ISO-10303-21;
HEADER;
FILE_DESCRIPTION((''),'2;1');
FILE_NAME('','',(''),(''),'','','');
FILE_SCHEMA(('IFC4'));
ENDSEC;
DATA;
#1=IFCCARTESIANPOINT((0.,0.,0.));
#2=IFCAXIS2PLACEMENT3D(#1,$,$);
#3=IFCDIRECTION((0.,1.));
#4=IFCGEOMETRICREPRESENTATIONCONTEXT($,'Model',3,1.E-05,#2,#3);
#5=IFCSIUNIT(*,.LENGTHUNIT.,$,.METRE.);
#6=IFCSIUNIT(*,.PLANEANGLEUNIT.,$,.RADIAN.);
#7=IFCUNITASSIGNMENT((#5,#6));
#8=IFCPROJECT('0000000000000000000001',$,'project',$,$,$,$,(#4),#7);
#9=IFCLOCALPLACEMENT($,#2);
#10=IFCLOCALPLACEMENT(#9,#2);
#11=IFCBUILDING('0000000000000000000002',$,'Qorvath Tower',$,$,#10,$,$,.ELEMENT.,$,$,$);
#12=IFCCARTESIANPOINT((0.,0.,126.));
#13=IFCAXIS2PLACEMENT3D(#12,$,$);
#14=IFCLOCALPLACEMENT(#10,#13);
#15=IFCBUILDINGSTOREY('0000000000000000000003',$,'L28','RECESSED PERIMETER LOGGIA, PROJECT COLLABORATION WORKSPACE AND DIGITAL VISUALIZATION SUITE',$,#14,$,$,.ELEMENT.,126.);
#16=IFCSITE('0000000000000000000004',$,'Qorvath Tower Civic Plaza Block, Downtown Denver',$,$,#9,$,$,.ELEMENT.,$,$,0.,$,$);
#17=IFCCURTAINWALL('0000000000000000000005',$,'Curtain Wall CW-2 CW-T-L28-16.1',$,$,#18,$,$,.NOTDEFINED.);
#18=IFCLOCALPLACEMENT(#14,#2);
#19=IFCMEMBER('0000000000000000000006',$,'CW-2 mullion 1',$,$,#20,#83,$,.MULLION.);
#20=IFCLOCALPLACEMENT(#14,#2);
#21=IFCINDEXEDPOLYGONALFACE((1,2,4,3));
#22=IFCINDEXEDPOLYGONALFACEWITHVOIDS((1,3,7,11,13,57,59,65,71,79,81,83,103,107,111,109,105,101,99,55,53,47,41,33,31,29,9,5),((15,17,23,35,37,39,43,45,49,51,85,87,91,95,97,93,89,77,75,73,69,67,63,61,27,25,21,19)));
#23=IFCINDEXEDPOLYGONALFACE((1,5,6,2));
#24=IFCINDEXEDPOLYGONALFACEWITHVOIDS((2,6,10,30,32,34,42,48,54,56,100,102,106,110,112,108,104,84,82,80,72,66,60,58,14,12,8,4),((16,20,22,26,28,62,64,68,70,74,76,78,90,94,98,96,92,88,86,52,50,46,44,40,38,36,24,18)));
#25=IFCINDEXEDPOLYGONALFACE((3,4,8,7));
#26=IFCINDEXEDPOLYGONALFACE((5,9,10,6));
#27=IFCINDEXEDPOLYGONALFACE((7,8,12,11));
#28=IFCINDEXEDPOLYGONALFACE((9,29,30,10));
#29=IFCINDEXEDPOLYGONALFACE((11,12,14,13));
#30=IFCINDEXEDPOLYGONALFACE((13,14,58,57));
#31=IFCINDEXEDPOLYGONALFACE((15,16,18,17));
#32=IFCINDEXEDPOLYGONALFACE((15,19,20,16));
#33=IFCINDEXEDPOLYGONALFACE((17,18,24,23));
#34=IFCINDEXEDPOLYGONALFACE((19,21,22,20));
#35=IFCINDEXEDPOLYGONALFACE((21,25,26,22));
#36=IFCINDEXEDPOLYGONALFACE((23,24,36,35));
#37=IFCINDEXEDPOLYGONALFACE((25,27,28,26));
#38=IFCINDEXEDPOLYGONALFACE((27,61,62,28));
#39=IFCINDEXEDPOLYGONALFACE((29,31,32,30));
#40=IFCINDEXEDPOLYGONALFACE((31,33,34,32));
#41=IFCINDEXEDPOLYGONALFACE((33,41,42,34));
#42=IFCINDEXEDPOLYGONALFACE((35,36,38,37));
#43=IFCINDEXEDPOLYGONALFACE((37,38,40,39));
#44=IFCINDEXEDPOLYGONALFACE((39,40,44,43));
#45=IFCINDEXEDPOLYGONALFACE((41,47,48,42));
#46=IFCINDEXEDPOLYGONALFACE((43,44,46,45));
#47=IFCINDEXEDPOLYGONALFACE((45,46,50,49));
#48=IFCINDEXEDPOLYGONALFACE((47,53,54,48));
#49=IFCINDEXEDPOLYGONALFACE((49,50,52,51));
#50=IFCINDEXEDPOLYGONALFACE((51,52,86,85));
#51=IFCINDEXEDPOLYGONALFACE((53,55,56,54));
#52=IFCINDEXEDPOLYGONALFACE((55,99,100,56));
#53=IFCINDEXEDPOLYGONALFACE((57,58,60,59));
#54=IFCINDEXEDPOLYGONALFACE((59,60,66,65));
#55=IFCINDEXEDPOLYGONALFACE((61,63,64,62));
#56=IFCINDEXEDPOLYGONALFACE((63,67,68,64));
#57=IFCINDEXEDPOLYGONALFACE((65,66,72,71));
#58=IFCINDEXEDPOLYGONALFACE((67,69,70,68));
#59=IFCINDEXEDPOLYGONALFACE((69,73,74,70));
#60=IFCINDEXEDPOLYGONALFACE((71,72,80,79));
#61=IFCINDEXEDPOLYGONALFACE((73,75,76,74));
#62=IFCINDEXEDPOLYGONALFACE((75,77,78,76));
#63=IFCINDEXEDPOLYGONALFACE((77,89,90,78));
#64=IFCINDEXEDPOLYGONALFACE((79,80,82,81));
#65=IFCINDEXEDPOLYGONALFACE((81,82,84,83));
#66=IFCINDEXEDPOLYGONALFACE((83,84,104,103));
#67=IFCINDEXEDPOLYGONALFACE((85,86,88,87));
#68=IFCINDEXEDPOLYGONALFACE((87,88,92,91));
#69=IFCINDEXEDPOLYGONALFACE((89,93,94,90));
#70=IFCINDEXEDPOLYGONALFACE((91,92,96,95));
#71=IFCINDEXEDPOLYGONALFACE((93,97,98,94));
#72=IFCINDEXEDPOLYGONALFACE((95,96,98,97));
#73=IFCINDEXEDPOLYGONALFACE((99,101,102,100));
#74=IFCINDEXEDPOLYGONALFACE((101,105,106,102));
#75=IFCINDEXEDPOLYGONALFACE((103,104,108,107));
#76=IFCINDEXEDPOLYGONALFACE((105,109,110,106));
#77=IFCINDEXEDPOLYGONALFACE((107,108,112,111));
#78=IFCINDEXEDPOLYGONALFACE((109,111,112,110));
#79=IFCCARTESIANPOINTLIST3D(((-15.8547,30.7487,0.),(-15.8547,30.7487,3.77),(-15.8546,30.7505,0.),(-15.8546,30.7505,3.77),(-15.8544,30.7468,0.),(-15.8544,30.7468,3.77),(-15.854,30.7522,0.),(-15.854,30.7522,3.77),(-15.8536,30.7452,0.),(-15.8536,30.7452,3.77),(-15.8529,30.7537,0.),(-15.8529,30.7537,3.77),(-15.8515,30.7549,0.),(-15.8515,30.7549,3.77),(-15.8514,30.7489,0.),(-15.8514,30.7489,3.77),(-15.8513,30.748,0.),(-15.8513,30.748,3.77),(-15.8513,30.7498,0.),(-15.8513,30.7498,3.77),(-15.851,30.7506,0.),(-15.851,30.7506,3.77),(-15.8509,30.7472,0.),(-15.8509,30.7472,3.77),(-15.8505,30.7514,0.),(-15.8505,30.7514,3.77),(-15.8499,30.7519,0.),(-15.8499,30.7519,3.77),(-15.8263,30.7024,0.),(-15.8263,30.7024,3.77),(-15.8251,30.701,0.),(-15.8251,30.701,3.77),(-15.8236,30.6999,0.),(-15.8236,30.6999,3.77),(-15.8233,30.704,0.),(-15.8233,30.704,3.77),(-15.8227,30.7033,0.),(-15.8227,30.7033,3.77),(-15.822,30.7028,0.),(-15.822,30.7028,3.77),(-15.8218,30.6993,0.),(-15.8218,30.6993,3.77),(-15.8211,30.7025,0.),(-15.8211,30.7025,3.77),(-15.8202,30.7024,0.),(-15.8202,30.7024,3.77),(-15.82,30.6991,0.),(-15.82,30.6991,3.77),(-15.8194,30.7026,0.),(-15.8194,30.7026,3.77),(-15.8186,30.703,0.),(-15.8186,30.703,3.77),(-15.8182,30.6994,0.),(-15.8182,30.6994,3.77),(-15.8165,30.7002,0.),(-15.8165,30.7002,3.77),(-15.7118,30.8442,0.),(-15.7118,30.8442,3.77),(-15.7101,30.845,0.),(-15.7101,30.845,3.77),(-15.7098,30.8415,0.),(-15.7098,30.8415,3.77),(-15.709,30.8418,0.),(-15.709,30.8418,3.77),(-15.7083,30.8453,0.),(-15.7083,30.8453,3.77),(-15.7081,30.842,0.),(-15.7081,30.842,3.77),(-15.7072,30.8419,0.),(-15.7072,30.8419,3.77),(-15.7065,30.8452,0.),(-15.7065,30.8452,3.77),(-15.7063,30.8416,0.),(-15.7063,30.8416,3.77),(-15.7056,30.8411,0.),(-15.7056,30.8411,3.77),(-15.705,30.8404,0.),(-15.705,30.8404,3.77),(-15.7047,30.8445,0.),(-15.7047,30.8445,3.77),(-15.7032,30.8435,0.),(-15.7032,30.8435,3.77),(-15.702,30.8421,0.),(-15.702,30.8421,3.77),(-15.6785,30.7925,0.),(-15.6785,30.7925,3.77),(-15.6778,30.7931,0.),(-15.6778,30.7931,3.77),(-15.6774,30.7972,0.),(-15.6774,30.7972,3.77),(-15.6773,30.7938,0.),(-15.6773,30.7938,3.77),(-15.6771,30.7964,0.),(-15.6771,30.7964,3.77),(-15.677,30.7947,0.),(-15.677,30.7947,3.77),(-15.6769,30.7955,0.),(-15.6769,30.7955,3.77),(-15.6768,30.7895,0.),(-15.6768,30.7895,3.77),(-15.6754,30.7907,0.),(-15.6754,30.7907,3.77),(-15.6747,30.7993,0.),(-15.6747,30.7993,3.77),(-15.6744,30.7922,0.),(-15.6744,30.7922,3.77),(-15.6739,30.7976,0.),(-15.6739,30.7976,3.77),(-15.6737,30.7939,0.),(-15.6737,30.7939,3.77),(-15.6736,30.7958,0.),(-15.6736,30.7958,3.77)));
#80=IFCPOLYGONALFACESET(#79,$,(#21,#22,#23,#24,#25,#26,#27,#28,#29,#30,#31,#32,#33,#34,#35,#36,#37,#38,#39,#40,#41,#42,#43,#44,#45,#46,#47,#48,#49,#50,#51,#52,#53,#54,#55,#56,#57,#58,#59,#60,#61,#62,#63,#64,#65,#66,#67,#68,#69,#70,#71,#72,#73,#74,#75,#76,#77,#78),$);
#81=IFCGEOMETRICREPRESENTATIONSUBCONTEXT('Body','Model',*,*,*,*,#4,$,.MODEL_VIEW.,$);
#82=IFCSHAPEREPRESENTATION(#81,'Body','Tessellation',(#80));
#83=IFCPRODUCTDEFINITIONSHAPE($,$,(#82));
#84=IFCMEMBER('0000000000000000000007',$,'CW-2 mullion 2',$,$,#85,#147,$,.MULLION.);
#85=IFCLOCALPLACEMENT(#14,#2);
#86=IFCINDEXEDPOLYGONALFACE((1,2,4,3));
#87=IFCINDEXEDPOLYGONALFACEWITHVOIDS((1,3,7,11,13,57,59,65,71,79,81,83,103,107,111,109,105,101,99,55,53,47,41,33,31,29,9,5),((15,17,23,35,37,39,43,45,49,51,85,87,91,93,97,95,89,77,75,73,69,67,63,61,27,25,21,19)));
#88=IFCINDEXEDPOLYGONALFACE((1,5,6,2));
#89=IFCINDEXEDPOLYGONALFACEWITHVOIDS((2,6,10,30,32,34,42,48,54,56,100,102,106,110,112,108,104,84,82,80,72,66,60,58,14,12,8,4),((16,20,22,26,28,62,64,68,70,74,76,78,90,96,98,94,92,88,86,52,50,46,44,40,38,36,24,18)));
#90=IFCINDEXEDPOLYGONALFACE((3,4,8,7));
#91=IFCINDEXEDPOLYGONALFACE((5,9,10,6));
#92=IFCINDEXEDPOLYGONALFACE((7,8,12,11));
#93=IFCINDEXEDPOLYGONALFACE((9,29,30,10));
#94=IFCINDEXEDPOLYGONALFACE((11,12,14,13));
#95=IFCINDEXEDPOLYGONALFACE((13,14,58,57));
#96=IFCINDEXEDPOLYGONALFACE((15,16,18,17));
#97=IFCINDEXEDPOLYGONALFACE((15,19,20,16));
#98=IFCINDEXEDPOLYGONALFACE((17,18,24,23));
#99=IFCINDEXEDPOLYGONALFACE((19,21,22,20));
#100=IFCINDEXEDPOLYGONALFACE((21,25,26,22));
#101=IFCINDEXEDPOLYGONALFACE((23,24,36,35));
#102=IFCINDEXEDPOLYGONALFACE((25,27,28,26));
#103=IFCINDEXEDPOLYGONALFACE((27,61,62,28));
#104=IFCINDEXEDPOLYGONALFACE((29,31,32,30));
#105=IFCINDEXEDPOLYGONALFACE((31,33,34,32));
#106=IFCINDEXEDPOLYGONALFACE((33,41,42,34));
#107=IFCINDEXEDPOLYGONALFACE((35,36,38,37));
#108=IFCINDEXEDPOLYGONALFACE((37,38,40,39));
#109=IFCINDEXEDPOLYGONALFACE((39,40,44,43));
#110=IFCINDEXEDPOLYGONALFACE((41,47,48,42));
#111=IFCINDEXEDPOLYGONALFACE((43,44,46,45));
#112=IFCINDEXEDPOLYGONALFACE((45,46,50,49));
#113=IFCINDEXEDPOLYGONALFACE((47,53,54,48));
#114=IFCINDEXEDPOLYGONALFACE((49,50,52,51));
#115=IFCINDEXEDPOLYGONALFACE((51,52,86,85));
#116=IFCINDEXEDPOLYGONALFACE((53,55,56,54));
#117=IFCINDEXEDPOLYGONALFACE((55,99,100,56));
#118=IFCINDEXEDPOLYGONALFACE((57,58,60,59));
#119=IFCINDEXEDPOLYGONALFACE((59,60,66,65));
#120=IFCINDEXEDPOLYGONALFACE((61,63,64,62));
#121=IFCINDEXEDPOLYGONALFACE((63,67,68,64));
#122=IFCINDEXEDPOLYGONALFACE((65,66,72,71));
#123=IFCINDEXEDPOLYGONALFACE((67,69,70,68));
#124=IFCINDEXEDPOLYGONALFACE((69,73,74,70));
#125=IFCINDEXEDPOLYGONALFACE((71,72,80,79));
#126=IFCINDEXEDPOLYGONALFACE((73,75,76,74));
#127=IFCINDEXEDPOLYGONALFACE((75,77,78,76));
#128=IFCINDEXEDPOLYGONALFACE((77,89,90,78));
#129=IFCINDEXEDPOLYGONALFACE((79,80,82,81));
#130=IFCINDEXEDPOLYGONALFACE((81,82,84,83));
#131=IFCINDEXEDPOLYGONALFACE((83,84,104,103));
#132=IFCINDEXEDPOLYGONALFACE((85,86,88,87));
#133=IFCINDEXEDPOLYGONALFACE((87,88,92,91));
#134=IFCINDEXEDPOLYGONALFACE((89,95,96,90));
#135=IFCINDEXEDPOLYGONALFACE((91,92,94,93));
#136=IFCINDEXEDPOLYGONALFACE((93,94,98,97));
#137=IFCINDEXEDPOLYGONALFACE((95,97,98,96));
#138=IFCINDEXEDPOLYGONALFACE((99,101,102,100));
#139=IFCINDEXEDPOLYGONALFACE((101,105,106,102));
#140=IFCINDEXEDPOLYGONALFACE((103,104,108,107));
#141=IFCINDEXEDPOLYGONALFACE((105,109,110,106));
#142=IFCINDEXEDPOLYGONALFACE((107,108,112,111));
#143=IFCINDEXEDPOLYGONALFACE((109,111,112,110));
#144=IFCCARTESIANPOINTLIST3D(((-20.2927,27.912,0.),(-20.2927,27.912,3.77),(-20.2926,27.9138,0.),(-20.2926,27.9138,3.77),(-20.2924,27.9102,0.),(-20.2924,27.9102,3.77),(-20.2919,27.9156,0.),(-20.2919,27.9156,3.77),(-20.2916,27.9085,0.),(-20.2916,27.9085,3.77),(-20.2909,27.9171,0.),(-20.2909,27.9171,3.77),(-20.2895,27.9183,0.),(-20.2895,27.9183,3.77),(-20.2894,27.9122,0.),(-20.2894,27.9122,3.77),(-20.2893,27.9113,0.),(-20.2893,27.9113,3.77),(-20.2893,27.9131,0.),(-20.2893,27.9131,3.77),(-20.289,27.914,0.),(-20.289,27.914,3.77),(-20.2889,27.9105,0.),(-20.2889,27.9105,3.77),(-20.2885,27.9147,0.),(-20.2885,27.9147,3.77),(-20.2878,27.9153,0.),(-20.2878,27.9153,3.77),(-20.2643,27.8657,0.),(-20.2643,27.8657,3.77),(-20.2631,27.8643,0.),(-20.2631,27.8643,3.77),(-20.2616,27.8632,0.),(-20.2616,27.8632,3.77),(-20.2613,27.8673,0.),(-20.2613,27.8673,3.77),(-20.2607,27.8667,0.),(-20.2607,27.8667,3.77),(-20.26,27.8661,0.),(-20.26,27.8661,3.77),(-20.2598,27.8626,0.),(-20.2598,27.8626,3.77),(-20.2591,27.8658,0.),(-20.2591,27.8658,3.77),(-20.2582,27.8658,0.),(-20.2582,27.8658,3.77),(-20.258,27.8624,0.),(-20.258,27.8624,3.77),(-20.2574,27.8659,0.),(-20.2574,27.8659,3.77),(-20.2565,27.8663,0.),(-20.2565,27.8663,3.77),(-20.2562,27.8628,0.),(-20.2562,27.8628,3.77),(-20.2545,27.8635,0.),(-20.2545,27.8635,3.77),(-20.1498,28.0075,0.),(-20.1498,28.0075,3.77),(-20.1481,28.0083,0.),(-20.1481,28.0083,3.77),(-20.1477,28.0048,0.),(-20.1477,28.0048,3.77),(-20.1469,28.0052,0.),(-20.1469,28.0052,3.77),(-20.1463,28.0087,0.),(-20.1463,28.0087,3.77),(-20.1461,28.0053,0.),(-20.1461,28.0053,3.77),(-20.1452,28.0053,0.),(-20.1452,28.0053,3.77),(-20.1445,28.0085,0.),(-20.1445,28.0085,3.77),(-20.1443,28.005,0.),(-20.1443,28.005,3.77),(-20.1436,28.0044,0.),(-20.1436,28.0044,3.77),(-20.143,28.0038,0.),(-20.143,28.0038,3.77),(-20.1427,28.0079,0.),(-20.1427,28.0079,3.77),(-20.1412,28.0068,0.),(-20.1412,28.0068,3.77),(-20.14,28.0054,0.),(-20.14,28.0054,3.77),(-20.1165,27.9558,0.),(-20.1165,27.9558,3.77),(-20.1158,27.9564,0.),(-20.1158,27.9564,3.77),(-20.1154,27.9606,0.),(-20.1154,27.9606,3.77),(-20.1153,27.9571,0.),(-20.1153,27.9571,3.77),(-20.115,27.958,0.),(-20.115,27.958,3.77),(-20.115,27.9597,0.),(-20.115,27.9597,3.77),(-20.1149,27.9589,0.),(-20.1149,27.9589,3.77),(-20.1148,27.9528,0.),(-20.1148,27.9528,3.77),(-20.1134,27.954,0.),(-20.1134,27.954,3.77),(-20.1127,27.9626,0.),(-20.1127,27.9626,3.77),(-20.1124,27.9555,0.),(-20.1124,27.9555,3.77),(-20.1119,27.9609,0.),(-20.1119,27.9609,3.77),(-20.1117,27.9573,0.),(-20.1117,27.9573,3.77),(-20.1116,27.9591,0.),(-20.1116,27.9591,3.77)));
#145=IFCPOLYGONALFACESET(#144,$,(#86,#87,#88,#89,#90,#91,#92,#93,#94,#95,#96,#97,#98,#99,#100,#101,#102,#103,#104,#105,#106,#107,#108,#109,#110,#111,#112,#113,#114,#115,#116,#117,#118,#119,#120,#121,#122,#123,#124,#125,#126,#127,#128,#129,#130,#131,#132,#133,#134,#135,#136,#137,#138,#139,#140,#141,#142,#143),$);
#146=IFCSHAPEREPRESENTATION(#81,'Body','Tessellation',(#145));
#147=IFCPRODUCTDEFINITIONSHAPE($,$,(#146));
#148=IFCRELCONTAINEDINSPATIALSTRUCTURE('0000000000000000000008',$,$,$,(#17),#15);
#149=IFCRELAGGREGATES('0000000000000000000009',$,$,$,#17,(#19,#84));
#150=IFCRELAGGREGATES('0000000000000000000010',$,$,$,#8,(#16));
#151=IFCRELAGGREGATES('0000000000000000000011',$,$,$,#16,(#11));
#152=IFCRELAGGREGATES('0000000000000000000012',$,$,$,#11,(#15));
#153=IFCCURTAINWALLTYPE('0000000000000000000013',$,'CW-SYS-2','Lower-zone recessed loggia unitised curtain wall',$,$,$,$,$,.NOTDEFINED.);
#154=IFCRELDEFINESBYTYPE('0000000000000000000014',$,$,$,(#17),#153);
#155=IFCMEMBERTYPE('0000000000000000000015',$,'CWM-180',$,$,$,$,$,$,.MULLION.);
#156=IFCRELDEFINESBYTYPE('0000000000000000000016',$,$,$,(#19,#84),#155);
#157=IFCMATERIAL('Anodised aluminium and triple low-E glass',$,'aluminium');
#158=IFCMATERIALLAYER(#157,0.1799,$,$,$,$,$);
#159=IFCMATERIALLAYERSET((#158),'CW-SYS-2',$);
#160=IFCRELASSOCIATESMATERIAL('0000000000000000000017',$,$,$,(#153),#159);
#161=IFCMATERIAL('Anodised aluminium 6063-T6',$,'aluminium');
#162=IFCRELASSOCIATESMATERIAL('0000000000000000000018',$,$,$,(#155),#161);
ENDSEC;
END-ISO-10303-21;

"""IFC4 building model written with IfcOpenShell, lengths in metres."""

from ifc_helpers import new_model, si_unit, direction, frame, origin, origin_2d, place, context, subcontext, project, spatial, hollow_rectangle, extrude, material, layer, layer_set, material_profile, profile_set, type_object, element, aggregate, save


model = new_model("IFC4")

# Units and contexts
model_context = context("Model", 3, precision=1e-05, world=origin(), true_north=direction((0.0, 1.0)))
body_context = subcontext(model_context, "Body", "Model", "MODEL_VIEW")
ifc_project = project(units=[si_unit("LENGTHUNIT", "METRE"), si_unit("PLANEANGLEUNIT", "RADIAN")], contexts=[model_context])

# Site, building, storey
site_placement = place(None, origin())
site = spatial("IfcSite", under=ifc_project, at=site_placement, Name="Qorvath Tower Civic Plaza Block, Downtown Denver", CompositionType="ELEMENT", RefElevation=0.0)
building_placement = place(site_placement, origin())
building = spatial("IfcBuilding", under=site, at=building_placement, Name="Qorvath Tower", CompositionType="ELEMENT")
storey_placement = place(building_placement, frame((0.0, 0.0, 126.0)))
storey = spatial("IfcBuildingStorey", under=building, at=storey_placement, Name="L28", Description="RECESSED PERIMETER LOGGIA, PROJECT COLLABORATION WORKSPACE AND DIGITAL VISUALIZATION SUITE", CompositionType="ELEMENT", Elevation=126.0)

# Curtain wall, members
ifc_material_1 = material(Name="Anodised aluminium and triple low-E glass", Category="aluminium")
ifc_layer_1 = layer(ifc_material_1, 0.1799)
ifc_layer_set_1 = layer_set([ifc_layer_1], Name="CW-SYS-2")
curtain_wall_type = type_object("IfcCurtainWallType", Name="CW-SYS-2", Description="Lower-zone recessed loggia unitised curtain wall", PredefinedType="NOTDEFINED", material=ifc_layer_set_1)
ifc_material_2 = material(Name="Anodised aluminium 6063-T6", Category="aluminium")
ifc_material_profile_1 = material_profile(ifc_material_2, hollow_rectangle(XDim=0.0649, YDim=0.1799, WallThickness=0.0034, InnerFilletRadius=0.0034, OuterFilletRadius=0.0071, at=origin_2d()), Name="CWM 180x65")
ifc_profile_set_1 = profile_set([ifc_material_profile_1], Name="Anodised aluminium 6063-T6")
member_type_1 = type_object("IfcMemberType", Name="CWM-180", PredefinedType="MULLION", material=ifc_profile_set_1)
curtain_wall_1_placement = place(storey_placement, origin())
curtain_wall_1 = element("IfcCurtainWall", 1, at=curtain_wall_1_placement, inside=storey, type_object=curtain_wall_type, Name="Curtain Wall CW-2 CW-T-L28-16.1", PredefinedType="NOTDEFINED")
member_1_placement = place(storey_placement, frame((-15.7642, 30.7722, 0.0), z_axis=(0.0, 0.0, 1.0), x_axis=(0.538548, -0.842595, 0.0)))
member_1 = element("IfcMember", 2, at=member_1_placement, type_object=member_type_1, Name="CW-2 mullion 1", PredefinedType="MULLION", context=body_context, shape_type="SweptSolid", body=[
    extrude(hollow_rectangle(XDim=0.0649, YDim=0.1799, WallThickness=0.0034, InnerFilletRadius=0.0034, OuterFilletRadius=0.0071, at=origin_2d()), origin(), (0.0, 0.0, 1.0), 3.77),
])
member_2_placement = place(storey_placement, frame((-20.2021, 27.9355, 0.0), z_axis=(0.0, 0.0, 1.0), x_axis=(0.538548, -0.842595, 0.0)))
member_2 = element("IfcMember", 3, at=member_2_placement, type_object=member_type_1, Name="CW-2 mullion 2", PredefinedType="MULLION", context=body_context, shape_type="SweptSolid", body=[
    extrude(hollow_rectangle(XDim=0.0649, YDim=0.1799, WallThickness=0.0034, InnerFilletRadius=0.0034, OuterFilletRadius=0.0071, at=origin_2d()), origin(), (0.0, 0.0, 1.0), 3.77),
])

aggregate(curtain_wall_1, [member_1, member_2])

save(model, "model.ifc")
